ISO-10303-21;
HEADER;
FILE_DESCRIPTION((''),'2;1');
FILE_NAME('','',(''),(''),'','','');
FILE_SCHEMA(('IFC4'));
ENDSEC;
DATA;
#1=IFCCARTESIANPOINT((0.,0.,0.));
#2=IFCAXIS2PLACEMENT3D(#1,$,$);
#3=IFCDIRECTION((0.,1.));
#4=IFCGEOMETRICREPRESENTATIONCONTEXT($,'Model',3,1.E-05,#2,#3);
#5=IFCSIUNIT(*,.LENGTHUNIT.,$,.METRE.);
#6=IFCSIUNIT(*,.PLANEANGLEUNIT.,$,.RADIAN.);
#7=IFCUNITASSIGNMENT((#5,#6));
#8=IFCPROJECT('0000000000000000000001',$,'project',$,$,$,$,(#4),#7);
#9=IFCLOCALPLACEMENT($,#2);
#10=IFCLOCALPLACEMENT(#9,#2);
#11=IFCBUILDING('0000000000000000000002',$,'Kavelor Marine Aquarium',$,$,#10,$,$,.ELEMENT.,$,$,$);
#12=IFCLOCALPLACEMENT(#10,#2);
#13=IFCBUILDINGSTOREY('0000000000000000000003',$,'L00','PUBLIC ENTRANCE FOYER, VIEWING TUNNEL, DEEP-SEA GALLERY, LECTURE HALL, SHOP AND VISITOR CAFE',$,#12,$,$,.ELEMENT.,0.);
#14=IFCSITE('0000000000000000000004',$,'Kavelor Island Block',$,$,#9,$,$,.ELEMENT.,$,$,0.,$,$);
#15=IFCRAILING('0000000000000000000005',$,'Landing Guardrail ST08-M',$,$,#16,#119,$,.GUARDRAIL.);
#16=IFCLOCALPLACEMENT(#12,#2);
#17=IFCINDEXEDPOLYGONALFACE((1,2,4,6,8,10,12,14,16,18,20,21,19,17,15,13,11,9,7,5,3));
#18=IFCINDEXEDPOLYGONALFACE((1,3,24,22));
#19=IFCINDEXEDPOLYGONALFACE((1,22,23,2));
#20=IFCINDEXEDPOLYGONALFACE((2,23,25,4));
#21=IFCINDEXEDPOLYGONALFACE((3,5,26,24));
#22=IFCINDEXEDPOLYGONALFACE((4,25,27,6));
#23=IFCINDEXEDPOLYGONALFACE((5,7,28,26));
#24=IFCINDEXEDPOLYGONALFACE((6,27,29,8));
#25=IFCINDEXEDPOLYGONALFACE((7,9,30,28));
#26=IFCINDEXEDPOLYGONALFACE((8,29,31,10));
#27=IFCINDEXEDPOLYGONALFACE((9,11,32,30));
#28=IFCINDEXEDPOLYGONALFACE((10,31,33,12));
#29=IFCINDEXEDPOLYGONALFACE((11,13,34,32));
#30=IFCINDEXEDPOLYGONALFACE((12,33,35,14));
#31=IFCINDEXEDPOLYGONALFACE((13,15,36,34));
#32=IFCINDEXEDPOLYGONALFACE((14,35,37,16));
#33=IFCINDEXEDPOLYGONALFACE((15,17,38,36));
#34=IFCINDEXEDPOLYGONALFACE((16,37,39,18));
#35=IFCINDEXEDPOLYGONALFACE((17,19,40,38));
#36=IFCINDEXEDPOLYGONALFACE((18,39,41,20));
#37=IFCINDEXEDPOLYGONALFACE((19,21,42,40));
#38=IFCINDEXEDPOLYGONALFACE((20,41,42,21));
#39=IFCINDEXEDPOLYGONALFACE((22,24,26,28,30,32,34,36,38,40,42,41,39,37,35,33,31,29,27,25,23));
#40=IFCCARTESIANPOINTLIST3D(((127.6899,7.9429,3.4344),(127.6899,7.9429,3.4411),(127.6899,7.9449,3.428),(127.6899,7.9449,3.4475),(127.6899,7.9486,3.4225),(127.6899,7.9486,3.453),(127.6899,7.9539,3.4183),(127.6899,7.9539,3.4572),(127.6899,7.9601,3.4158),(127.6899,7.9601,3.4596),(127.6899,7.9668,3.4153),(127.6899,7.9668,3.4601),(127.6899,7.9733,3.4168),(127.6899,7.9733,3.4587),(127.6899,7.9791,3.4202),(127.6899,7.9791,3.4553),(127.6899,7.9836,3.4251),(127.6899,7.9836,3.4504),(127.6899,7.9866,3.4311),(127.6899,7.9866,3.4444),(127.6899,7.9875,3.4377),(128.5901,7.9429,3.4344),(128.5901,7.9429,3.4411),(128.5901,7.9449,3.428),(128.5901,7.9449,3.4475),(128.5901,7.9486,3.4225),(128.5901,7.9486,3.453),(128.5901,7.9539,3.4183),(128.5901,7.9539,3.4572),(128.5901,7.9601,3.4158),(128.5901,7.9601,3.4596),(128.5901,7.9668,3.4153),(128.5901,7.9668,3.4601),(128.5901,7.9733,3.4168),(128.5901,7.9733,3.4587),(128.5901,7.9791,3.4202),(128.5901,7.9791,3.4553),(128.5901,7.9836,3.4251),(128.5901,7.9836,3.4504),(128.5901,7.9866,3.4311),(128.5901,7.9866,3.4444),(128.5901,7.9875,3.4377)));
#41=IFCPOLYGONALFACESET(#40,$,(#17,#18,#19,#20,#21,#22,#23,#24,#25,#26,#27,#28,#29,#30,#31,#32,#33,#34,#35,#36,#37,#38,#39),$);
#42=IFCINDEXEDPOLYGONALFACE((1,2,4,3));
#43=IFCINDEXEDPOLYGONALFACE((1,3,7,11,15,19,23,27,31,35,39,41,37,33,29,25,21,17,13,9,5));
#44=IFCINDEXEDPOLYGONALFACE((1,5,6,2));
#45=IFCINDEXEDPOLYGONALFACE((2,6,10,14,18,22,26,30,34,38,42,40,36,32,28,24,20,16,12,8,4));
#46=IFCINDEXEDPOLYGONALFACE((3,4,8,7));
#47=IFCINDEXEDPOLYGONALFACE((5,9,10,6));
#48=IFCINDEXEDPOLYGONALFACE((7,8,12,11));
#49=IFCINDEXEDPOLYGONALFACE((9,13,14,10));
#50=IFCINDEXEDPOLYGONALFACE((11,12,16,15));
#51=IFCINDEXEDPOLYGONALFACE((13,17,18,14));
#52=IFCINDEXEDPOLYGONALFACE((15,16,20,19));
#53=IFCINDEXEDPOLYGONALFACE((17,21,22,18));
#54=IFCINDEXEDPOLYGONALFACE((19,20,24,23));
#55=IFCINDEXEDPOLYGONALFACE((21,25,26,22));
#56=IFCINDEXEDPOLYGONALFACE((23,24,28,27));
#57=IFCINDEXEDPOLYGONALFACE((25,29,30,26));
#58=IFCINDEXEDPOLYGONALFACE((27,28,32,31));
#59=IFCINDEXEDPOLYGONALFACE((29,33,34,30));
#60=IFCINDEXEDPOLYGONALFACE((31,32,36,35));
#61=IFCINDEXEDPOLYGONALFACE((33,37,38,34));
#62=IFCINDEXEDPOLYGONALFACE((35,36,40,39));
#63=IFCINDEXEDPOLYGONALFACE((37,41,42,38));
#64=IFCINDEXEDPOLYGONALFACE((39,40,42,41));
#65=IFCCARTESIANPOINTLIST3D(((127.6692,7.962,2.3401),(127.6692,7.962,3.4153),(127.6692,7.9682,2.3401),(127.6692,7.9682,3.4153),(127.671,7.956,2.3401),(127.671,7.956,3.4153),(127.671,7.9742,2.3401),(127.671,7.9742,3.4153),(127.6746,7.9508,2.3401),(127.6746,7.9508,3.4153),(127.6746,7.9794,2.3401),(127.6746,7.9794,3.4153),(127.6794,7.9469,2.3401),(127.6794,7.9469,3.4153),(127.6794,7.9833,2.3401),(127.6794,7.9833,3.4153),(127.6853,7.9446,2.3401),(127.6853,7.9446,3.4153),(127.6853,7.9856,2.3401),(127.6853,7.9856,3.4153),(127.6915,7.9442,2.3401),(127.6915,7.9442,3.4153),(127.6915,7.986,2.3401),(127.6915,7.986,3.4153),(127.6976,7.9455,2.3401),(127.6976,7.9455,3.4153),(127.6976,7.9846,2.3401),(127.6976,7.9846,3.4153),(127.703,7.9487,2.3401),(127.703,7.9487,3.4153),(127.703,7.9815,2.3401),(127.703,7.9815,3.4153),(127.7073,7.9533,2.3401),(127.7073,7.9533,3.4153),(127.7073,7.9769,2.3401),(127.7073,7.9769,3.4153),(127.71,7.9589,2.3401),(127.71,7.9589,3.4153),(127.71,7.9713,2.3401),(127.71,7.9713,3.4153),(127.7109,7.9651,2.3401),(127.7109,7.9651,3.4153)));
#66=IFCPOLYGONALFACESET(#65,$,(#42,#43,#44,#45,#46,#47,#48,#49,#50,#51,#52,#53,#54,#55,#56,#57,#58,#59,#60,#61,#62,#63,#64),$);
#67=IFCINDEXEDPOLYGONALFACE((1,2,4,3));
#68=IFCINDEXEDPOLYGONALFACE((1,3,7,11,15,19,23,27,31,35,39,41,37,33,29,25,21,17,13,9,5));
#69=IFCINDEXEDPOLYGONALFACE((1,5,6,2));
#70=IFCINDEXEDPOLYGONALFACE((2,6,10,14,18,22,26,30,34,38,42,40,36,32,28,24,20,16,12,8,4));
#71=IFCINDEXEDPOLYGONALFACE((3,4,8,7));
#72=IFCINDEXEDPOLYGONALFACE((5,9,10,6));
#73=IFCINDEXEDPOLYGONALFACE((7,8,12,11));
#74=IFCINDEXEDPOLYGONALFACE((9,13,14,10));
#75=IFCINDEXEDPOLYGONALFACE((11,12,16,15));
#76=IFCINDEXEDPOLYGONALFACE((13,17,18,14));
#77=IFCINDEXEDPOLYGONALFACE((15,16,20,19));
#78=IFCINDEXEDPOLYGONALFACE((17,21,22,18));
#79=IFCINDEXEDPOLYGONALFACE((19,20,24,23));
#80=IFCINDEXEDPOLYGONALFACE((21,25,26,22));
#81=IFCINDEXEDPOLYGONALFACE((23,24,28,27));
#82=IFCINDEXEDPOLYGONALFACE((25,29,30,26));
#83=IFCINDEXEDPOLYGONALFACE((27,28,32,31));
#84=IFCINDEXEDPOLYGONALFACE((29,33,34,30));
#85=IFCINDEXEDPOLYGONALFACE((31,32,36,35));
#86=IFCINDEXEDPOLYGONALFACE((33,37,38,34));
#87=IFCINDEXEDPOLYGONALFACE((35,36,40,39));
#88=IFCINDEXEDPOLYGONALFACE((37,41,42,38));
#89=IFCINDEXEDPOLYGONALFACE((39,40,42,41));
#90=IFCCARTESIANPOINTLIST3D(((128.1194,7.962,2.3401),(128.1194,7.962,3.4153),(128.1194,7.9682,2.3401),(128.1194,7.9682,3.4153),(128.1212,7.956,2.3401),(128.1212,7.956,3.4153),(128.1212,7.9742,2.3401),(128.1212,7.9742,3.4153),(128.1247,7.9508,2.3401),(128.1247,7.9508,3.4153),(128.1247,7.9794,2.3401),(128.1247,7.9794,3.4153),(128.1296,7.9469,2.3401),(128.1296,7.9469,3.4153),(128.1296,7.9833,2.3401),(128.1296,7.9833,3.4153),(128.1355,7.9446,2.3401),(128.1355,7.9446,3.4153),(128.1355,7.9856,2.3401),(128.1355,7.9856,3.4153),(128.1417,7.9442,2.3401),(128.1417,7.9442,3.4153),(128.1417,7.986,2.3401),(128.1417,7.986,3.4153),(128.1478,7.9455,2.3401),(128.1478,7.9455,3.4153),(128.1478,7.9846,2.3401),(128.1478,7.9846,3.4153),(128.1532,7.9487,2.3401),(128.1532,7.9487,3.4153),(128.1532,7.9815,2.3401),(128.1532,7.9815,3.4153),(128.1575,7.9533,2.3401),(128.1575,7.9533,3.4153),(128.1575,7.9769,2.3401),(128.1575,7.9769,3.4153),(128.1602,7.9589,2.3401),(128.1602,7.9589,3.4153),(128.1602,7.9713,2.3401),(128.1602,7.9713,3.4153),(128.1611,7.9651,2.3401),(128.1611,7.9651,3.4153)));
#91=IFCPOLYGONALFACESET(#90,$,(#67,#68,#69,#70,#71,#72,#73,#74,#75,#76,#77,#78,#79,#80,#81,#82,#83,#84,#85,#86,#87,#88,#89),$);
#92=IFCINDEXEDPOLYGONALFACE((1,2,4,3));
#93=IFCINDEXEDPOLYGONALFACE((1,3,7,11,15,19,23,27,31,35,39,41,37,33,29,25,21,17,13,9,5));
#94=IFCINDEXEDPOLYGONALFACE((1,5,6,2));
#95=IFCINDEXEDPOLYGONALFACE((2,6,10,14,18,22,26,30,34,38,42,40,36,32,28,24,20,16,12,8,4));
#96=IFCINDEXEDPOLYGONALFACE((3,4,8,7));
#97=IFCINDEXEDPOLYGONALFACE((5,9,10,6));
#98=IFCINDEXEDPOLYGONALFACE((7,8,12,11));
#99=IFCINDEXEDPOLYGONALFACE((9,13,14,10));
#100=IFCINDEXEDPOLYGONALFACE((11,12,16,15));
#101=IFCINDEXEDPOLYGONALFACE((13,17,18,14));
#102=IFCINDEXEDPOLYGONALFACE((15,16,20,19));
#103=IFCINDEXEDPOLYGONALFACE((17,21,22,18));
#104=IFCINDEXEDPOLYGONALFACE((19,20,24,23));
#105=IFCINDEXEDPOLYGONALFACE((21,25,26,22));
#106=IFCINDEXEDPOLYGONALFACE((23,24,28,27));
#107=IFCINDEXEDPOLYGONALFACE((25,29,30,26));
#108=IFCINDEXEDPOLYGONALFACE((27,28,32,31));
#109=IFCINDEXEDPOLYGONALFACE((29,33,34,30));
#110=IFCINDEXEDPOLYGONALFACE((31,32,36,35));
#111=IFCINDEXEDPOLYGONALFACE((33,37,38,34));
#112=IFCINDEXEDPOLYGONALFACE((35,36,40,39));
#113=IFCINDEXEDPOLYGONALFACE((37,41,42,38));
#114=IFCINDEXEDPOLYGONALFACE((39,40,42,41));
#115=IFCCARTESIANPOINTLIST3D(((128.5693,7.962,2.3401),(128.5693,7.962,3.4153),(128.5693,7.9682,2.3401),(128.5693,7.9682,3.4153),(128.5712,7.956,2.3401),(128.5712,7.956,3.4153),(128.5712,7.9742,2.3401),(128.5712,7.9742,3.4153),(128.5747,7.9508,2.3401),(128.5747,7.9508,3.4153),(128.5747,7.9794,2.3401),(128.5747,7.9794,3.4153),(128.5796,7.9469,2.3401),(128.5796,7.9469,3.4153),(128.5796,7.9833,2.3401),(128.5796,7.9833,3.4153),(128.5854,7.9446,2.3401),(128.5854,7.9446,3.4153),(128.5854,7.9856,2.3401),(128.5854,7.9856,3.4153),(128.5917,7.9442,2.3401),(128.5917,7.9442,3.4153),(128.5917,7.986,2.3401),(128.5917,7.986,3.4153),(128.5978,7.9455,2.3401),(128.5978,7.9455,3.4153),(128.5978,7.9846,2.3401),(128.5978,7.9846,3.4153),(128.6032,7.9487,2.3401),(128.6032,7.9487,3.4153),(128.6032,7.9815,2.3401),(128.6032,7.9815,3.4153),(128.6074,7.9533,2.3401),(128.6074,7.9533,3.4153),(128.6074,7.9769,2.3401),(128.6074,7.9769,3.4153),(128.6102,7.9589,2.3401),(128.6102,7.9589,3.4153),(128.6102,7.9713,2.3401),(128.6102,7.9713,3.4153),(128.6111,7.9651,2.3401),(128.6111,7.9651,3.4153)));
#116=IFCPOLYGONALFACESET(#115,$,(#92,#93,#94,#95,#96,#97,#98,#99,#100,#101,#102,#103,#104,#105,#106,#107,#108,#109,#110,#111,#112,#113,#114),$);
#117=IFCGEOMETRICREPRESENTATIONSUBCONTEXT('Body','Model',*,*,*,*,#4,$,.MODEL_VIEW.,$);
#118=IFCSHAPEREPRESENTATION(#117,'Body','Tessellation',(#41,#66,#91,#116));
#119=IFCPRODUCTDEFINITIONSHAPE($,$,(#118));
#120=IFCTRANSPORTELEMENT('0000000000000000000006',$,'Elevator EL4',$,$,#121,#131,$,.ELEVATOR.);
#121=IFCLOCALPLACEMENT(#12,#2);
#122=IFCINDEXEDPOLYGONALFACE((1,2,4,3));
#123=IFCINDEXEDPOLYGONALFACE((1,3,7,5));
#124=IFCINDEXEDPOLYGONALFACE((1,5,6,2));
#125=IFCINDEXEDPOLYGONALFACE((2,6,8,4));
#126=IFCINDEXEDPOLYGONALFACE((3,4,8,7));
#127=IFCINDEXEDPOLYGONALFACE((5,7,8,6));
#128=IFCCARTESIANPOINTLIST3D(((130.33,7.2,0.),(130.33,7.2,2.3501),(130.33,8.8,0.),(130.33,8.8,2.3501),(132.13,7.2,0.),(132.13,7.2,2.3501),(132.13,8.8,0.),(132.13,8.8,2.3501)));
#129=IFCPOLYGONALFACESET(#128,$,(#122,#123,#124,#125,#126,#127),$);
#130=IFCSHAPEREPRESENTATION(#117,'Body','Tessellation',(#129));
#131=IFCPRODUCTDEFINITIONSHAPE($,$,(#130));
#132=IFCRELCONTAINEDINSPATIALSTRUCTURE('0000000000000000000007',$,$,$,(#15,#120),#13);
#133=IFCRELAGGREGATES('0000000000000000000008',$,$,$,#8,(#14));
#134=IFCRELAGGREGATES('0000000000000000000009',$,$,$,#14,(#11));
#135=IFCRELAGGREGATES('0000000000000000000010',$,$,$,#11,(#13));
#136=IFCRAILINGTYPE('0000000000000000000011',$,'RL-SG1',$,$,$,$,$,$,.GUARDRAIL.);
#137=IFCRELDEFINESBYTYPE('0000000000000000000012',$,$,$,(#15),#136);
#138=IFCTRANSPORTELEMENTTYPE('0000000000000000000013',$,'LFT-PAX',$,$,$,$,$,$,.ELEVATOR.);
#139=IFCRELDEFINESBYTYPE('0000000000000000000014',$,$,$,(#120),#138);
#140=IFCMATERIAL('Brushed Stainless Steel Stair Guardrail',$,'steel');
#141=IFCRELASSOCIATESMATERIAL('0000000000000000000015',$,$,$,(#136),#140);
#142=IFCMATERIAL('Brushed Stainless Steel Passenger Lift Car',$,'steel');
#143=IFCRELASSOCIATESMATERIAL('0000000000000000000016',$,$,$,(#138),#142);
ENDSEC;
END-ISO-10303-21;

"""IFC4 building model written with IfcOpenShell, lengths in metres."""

from ifc_helpers import new_model, si_unit, direction, frame, origin, origin_2d, place, context, subcontext, project, spatial, rectangle, circle, extrude, material, type_object, element, save


model = new_model("IFC4")

# Units and contexts
model_context = context("Model", 3, precision=1e-05, world=origin(), true_north=direction((0.0, 1.0)))
body_context = subcontext(model_context, "Body", "Model", "MODEL_VIEW")
ifc_project = project(units=[si_unit("LENGTHUNIT", "METRE"), si_unit("PLANEANGLEUNIT", "RADIAN")], contexts=[model_context])

# Site, building, storey
site_placement = place(None, origin())
site = spatial("IfcSite", under=ifc_project, at=site_placement, Name="Kavelor Island Block", CompositionType="ELEMENT", RefElevation=0.0)
building_placement = place(site_placement, origin())
building = spatial("IfcBuilding", under=site, at=building_placement, Name="Kavelor Marine Aquarium", CompositionType="ELEMENT")
storey_placement = place(building_placement, origin())
storey = spatial("IfcBuildingStorey", under=building, at=storey_placement, Name="L00", Description="PUBLIC ENTRANCE FOYER, VIEWING TUNNEL, DEEP-SEA GALLERY, LECTURE HALL, SHOP AND VISITOR CAFE", CompositionType="ELEMENT", Elevation=0.0)

# Railing
ifc_material_1 = material(Name="Brushed Stainless Steel Stair Guardrail", Category="steel")
railing_type_1 = type_object("IfcRailingType", Name="RL-SG1", PredefinedType="GUARDRAIL", material=ifc_material_1)
railing_1_placement = place(storey_placement, frame((127.6899, 7.9651, 2.3401)))
element("IfcRailing", 1, at=railing_1_placement, inside=storey, type_object=railing_type_1, Name="Landing Guardrail ST08-M", PredefinedType="GUARDRAIL", context=body_context, shape_type="SweptSolid", body=[
    extrude(circle(Radius=0.0225, at=origin_2d()), frame((0.0, 0.0, 1.0977), z_axis=(1.0, 0.0, 0.0), x_axis=(0.0, 1.0, 0.0)), (0.0, 0.0, 1.0), 0.9001),
    extrude(circle(Radius=0.021, at=origin_2d()), origin(), (0.0, 0.0, 1.0), 1.0752),
    extrude(circle(Radius=0.021, at=origin_2d()), frame((0.4502, 0.0, 0.0)), (0.0, 0.0, 1.0), 1.0752),
    extrude(circle(Radius=0.021, at=origin_2d()), frame((0.9001, 0.0, 0.0)), (0.0, 0.0, 1.0), 1.0752),
])

# Transport element
ifc_material_2 = material(Name="Brushed Stainless Steel Passenger Lift Car", Category="steel")
transport_element_type = type_object("IfcTransportElementType", Name="LFT-PAX", PredefinedType="ELEVATOR", material=ifc_material_2)
transport_element_placement = place(storey_placement, frame((131.23, 8.0, 0.0), z_axis=(0.0, 0.0, 1.0), x_axis=(1.0, 0.0, 0.0)))
element("IfcTransportElement", 2, at=transport_element_placement, inside=storey, type_object=transport_element_type, Name="Elevator EL4", PredefinedType="ELEVATOR", context=body_context, shape_type="SweptSolid", body=[
    extrude(rectangle(XDim=1.8, YDim=1.6001, at=origin_2d()), origin(), (0.0, 0.0, 1.0), 2.3501),
])

save(model, "model.ifc")
